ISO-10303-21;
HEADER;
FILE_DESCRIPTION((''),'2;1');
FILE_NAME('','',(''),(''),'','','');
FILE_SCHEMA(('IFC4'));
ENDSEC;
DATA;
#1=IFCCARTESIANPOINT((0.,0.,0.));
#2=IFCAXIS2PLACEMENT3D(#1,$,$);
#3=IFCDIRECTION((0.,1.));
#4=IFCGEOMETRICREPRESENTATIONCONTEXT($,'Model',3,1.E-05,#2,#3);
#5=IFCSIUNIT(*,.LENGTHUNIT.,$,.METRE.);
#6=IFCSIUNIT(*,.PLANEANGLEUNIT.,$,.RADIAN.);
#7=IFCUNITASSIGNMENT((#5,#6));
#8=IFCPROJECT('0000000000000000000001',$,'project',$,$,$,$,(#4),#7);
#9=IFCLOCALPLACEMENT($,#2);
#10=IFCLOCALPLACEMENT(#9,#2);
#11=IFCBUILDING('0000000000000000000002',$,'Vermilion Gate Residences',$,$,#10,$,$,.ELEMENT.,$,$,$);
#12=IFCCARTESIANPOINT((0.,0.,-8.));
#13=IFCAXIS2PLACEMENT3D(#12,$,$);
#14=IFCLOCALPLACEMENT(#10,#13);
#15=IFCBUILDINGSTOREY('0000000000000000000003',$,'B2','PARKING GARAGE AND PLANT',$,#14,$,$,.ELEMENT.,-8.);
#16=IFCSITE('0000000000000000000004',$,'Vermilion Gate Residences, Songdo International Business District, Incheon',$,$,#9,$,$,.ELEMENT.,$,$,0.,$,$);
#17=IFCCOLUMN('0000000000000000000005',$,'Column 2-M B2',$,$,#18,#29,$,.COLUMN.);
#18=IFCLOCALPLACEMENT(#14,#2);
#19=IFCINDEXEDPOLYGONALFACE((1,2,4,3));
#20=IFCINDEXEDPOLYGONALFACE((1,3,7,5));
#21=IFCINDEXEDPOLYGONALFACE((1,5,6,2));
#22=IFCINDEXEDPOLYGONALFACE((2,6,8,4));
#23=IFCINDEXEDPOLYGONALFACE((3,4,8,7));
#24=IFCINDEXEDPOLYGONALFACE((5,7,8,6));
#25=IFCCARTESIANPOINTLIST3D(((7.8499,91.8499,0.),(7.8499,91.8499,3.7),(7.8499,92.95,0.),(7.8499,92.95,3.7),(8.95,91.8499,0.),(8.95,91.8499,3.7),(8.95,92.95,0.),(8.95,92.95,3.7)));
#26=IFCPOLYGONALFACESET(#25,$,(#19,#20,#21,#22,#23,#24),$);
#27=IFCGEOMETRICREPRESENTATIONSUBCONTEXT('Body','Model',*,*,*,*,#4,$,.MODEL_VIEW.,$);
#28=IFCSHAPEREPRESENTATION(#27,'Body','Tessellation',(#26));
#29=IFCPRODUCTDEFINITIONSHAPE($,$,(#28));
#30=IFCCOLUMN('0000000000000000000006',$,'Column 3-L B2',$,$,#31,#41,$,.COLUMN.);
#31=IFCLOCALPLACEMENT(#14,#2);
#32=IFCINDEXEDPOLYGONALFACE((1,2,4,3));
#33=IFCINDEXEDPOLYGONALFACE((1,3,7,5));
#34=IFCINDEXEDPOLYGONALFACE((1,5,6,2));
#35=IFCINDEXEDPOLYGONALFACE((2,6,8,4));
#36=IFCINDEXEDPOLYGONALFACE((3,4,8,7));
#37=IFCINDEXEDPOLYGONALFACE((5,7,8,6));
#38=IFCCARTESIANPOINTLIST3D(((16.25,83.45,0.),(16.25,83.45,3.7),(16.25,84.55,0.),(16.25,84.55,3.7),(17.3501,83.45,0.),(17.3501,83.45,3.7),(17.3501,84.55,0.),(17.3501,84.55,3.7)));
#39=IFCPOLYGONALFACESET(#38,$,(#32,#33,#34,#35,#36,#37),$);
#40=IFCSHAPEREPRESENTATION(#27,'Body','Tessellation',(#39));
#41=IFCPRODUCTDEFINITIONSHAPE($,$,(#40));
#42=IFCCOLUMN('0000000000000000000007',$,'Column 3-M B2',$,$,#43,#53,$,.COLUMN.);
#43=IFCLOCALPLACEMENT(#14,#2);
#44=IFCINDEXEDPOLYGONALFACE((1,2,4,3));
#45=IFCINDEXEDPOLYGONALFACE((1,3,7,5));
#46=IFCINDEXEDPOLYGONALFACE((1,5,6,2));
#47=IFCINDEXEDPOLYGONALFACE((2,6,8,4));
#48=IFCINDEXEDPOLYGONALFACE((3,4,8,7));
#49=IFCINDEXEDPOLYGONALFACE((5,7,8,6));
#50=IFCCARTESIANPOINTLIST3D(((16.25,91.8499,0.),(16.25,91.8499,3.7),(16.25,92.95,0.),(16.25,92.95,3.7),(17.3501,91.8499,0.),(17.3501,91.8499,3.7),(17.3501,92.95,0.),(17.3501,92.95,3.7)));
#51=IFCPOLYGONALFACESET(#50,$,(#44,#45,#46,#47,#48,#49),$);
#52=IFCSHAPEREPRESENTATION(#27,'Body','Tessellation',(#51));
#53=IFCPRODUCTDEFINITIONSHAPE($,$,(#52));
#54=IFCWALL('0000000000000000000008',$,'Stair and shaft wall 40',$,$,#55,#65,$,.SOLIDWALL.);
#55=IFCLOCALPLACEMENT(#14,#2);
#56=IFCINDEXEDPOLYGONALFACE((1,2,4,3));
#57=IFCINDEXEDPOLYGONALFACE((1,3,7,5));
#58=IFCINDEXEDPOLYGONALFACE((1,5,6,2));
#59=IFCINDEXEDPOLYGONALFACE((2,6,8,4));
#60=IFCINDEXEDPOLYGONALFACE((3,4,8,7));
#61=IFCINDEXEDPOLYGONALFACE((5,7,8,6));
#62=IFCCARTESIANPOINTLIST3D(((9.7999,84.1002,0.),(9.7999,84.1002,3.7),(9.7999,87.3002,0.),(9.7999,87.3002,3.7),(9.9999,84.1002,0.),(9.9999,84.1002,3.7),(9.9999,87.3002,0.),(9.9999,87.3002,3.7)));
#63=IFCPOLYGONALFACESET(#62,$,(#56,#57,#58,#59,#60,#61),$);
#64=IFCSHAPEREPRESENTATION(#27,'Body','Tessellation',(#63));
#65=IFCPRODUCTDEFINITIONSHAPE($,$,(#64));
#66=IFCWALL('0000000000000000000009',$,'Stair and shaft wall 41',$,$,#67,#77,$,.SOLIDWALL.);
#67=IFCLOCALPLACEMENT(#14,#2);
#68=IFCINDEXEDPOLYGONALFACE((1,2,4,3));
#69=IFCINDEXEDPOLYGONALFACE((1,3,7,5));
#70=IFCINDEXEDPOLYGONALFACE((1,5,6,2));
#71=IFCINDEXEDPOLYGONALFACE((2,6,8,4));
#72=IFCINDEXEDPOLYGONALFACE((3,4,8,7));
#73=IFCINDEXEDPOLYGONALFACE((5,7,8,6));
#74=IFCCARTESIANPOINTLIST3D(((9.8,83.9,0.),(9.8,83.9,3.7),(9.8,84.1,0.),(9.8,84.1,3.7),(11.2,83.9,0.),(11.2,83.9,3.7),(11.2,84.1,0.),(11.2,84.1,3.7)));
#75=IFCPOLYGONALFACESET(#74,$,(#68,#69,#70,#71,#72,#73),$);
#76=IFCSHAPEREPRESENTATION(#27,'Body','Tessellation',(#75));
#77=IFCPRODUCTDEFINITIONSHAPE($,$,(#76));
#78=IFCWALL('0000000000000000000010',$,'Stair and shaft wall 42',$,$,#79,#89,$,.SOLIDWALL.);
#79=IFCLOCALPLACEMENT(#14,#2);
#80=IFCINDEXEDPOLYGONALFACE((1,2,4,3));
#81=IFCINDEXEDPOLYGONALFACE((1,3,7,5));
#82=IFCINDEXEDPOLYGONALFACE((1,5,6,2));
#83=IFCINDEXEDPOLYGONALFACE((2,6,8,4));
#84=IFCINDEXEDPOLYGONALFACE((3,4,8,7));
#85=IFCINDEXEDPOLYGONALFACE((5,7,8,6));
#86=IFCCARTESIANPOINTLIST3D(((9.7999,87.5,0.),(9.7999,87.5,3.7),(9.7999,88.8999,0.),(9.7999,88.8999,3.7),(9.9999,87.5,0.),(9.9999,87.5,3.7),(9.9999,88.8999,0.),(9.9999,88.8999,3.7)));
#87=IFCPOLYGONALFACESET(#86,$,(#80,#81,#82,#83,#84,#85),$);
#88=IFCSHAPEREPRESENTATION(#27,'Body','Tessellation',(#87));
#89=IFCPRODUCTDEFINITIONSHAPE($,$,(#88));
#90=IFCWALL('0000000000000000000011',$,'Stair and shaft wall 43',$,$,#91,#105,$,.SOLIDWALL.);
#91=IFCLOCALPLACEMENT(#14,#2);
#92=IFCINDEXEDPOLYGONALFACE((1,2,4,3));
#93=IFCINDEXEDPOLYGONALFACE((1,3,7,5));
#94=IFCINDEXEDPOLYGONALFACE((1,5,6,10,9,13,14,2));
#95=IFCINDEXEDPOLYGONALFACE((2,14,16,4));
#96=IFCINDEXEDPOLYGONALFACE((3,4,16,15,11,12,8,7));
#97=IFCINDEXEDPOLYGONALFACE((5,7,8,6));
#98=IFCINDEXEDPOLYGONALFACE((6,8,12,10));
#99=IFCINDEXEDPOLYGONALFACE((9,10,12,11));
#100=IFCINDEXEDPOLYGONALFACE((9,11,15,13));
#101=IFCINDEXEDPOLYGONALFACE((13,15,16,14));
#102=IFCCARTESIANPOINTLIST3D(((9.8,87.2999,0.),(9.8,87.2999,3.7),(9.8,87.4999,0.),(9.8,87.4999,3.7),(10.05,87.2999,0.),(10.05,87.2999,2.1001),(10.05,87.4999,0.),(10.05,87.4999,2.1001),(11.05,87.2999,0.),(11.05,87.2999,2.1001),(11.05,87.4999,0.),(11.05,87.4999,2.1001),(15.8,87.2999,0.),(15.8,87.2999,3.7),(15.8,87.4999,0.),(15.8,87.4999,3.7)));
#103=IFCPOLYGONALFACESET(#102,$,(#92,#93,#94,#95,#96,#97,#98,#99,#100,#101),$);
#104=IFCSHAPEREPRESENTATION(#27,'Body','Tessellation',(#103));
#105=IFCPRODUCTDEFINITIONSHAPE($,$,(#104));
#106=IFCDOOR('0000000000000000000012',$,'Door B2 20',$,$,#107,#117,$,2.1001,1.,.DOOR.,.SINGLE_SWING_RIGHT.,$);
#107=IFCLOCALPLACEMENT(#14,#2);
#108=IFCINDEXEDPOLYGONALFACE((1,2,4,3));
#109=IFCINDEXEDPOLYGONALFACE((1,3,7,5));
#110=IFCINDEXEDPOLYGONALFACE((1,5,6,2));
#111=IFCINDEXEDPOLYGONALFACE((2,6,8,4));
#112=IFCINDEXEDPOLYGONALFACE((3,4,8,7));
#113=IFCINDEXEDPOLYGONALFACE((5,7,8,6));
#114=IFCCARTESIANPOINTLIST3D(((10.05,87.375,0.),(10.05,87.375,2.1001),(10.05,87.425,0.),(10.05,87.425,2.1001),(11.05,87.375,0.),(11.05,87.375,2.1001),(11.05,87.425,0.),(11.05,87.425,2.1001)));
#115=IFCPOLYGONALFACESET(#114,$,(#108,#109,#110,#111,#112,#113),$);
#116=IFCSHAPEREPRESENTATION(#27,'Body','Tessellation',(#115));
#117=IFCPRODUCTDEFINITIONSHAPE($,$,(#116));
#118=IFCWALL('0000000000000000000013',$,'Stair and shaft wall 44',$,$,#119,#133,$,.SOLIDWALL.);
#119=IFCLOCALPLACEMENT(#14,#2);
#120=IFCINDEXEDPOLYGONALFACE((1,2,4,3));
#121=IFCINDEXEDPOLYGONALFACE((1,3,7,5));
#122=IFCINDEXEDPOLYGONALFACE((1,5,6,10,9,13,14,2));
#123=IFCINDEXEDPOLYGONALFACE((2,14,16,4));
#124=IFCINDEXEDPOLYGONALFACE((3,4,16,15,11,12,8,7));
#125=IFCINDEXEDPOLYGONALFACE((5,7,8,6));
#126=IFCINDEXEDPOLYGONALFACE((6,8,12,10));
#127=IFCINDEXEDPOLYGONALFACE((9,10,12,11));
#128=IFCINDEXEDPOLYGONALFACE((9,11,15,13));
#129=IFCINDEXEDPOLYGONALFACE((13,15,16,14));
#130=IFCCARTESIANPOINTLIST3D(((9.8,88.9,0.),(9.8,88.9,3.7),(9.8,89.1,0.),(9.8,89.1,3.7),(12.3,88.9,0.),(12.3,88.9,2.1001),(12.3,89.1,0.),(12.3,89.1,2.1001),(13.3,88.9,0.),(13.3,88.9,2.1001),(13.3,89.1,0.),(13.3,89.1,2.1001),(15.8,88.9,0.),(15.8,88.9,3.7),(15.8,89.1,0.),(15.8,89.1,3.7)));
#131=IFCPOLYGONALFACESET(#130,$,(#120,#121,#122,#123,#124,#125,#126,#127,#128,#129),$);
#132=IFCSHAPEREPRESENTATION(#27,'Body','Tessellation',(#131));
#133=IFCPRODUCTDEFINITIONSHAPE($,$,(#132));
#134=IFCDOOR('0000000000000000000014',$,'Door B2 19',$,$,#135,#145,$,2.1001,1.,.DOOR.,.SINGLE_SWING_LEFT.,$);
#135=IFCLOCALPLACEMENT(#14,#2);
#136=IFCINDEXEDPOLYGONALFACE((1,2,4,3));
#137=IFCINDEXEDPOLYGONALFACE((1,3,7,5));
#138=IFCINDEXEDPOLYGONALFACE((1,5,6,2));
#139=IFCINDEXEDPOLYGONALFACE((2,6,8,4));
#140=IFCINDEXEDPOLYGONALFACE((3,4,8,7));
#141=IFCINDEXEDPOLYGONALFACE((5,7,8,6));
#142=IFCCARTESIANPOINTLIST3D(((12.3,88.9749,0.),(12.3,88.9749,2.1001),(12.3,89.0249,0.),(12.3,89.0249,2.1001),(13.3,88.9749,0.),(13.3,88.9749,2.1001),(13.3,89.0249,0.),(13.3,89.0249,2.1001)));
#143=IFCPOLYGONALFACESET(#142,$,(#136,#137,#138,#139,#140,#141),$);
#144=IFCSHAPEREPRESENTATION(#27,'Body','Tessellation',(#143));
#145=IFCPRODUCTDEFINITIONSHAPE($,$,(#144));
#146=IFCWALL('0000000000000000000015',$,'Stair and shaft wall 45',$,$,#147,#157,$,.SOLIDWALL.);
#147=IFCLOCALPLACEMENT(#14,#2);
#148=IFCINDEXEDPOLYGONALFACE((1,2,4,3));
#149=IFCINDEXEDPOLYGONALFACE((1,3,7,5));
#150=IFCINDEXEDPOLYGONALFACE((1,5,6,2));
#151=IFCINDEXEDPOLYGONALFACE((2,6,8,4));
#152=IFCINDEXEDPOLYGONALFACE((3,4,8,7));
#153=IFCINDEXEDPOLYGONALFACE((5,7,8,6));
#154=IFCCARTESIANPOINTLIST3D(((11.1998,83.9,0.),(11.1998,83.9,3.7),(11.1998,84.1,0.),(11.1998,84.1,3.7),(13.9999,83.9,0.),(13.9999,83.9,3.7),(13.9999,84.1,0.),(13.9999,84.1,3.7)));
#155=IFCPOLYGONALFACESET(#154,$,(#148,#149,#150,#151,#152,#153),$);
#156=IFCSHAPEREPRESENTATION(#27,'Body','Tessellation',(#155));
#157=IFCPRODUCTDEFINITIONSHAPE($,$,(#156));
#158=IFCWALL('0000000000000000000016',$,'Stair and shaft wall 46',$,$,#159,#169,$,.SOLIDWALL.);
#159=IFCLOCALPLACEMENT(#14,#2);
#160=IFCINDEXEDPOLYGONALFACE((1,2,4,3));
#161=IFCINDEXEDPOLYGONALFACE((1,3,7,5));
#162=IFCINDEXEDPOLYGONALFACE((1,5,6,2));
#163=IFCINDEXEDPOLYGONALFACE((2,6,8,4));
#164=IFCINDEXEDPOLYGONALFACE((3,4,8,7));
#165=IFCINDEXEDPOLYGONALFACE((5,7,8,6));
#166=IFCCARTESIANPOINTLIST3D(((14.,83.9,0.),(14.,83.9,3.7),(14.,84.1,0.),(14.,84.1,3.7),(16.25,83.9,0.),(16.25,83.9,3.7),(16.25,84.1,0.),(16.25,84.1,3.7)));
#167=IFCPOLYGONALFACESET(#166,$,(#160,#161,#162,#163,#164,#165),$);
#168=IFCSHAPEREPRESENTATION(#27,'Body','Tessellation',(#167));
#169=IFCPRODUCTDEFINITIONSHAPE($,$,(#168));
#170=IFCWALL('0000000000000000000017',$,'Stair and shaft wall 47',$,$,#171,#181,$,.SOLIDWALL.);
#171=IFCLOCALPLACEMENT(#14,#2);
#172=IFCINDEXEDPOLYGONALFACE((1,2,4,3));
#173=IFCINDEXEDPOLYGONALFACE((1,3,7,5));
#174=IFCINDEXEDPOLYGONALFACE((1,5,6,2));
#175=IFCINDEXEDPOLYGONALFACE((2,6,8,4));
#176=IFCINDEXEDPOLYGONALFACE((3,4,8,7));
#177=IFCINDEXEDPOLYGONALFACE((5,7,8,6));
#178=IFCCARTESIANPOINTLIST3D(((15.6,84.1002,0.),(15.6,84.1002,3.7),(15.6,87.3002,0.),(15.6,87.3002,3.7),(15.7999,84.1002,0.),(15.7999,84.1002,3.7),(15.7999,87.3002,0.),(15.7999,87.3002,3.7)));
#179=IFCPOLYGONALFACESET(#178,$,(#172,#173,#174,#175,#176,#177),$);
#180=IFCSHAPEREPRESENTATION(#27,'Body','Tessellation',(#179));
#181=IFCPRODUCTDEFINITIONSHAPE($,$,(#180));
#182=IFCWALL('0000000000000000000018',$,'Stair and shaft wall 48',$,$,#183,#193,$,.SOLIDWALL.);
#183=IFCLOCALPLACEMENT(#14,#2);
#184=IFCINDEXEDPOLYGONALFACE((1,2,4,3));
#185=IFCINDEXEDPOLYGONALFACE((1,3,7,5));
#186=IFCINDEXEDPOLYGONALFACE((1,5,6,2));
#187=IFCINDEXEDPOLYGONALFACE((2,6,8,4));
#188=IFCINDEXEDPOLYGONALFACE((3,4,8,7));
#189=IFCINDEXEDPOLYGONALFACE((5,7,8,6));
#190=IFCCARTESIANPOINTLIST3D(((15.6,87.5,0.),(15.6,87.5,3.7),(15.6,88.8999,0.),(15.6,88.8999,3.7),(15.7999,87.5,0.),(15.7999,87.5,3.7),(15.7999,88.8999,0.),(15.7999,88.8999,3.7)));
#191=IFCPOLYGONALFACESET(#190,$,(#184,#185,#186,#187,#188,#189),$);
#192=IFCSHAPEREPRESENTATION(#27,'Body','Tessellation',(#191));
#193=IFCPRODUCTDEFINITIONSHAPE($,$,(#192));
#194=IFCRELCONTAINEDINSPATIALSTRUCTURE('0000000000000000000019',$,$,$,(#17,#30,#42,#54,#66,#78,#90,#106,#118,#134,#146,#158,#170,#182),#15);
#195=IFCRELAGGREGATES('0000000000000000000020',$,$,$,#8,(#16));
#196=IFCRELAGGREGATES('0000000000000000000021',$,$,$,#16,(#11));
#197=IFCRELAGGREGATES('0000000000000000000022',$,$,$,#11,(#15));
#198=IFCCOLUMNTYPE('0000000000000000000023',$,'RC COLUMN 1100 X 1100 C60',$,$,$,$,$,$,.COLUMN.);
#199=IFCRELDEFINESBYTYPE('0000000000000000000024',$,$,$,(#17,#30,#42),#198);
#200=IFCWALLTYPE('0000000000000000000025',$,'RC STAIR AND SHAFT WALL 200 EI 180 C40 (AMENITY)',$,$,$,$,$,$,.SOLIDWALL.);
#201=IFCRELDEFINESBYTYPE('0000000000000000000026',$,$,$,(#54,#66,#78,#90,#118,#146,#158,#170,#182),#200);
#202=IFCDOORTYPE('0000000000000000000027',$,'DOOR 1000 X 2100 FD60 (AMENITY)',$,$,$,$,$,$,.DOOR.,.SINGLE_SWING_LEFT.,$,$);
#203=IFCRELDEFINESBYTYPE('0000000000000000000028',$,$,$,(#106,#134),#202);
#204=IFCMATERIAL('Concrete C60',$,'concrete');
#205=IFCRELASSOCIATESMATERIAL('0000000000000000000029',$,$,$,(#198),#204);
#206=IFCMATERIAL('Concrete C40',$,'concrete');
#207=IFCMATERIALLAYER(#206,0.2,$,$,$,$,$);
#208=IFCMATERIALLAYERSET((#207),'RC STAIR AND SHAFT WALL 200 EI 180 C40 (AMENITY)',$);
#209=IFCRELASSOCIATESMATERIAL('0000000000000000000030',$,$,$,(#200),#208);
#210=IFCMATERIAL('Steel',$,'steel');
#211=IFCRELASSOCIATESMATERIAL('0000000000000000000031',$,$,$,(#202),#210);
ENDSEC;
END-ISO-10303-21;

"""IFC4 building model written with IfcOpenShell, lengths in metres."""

from ifc_helpers import new_model, si_unit, direction, frame, frame_2d, origin, origin_2d, place, context, subcontext, project, spatial, rectangle, extrude, material, layer, layer_set, material_profile, profile_set, type_object, element, fill, save


model = new_model("IFC4")

# Units and contexts
model_context = context("Model", 3, precision=1e-05, world=origin(), true_north=direction((0.0, 1.0)))
body_context = subcontext(model_context, "Body", "Model", "MODEL_VIEW")
ifc_project = project(units=[si_unit("LENGTHUNIT", "METRE"), si_unit("PLANEANGLEUNIT", "RADIAN")], contexts=[model_context])

# Site, building, storey
site_placement = place(None, origin())
site = spatial("IfcSite", under=ifc_project, at=site_placement, Name="Vermilion Gate Residences, Songdo International Business District, Incheon", CompositionType="ELEMENT", RefElevation=0.0)
building_placement = place(site_placement, origin())
building = spatial("IfcBuilding", under=site, at=building_placement, Name="Vermilion Gate Residences", CompositionType="ELEMENT")
storey_placement = place(building_placement, frame((0.0, 0.0, -8.0)))
storey = spatial("IfcBuildingStorey", under=building, at=storey_placement, Name="B2", Description="PARKING GARAGE AND PLANT", CompositionType="ELEMENT", Elevation=-8.0)

# Columns
ifc_material_1 = material(Name="Concrete C60", Category="concrete")
ifc_material_profile_1 = material_profile(ifc_material_1, rectangle(XDim=1.1001, YDim=1.1001, at=origin_2d()), Name="RC-1100x1100")
ifc_profile_set_1 = profile_set([ifc_material_profile_1], Name="Concrete C60")
column_type = type_object("IfcColumnType", Name="RC COLUMN 1100 X 1100 C60", PredefinedType="COLUMN", material=ifc_profile_set_1)
for number, where, z_axis, x_axis, name in (
    (1, (8.3999, 92.3999, 0.0), (0.0, 0.0, 1.0), (1.0, 0.0, 0.0), "Column 2-M B2"),
    (2, (16.8, 84.0, 0.0), (0.0, 0.0, 1.0), (1.0, 0.0, 0.0), "Column 3-L B2"),
    (3, (16.8, 92.3999, 0.0), (0.0, 0.0, 1.0), (1.0, 0.0, 0.0), "Column 3-M B2"),
):
    element("IfcColumn", number, at=place(storey_placement, frame(where, z_axis=z_axis, x_axis=x_axis)), inside=storey, type_object=column_type, Name=name, PredefinedType="COLUMN", context=body_context, shape_type="SweptSolid", body=[
        extrude(rectangle(XDim=1.1001, YDim=1.1001, at=origin_2d()), origin(), (0.0, 0.0, 1.0), 3.7),
    ])

# Walls
ifc_material_2 = material(Name="Concrete C40", Category="concrete")
ifc_layer = layer(ifc_material_2, 0.2)
ifc_layer_set = layer_set([ifc_layer], Name="RC STAIR AND SHAFT WALL 200 EI 180 C40 (AMENITY)")
wall_type = type_object("IfcWallType", Name="RC STAIR AND SHAFT WALL 200 EI 180 C40 (AMENITY)", PredefinedType="SOLIDWALL", material=ifc_layer_set)
wall_1_placement = place(storey_placement, frame((9.8999, 84.1001, 0.0), z_axis=(0.0, 0.0, 1.0), x_axis=(0.0, 1.0, 0.0)))
element("IfcWall", 4, at=wall_1_placement, inside=storey, type_object=wall_type, Name="Stair and shaft wall 40", PredefinedType="SOLIDWALL", context=body_context, shape_type="SweptSolid", body=[
    extrude(rectangle(XDim=3.2, YDim=0.2, at=frame_2d((1.6001, 0.0))), origin(), (0.0, 0.0, 1.0), 3.7),
])
for number, where, z_axis, x_axis, name in (
    (5, (9.8, 84.0, 0.0), (0.0, 0.0, 1.0), (1.0, 0.0, 0.0), "Stair and shaft wall 41"),
    (6, (9.8999, 87.5, 0.0), (0.0, 0.0, 1.0), (0.0, 1.0, 0.0), "Stair and shaft wall 42"),
):
    element("IfcWall", number, at=place(storey_placement, frame(where, z_axis=z_axis, x_axis=x_axis)), inside=storey, type_object=wall_type, Name=name, PredefinedType="SOLIDWALL", context=body_context, shape_type="SweptSolid", body=[
        extrude(rectangle(XDim=1.3999, YDim=0.2, at=frame_2d((0.7, 0.0))), origin(), (0.0, 0.0, 1.0), 3.7),
    ])

# Walls, openings, doors
wall_2_placement = place(storey_placement, frame((9.8, 87.3999, 0.0), z_axis=(0.0, 0.0, 1.0), x_axis=(1.0, 0.0, 0.0)))
wall_2 = element("IfcWall", 7, at=wall_2_placement, inside=storey, type_object=wall_type, Name="Stair and shaft wall 43", PredefinedType="SOLIDWALL", context=body_context, shape_type="SweptSolid", body=[
    extrude(rectangle(XDim=6.0, YDim=0.2, at=frame_2d((3.0, 0.0))), origin(), (0.0, 0.0, 1.0), 3.7),
])
opening_1_placement = place(wall_2_placement, frame((0.25, 0.0, 0.0)))
opening_1 = element("IfcOpeningElement", 8, at=opening_1_placement, cuts=wall_2, PredefinedType="OPENING", context=body_context, shape_type="SweptSolid", body=[
    extrude(rectangle(XDim=1.0, YDim=2.1001, at=frame_2d((0.5, 1.05))), frame((0.0, 0.1099, 0.0), z_axis=(0.0, -1.0, 0.0), x_axis=(1.0, 0.0, 0.0)), (0.0, 0.0, 1.0), 0.22),
])
ifc_material_3 = material(Name="Steel", Category="steel")
door_type = type_object("IfcDoorType", Name="DOOR 1000 X 2100 FD60 (AMENITY)", OperationType="SINGLE_SWING_LEFT", PredefinedType="DOOR", material=ifc_material_3)
door_1_placement = place(opening_1_placement, frame((1.0, 0.0, 0.0), z_axis=(0.0, 0.0, 1.0), x_axis=(-1.0, 0.0, 0.0)))
door_1 = element("IfcDoor", 9, at=door_1_placement, inside=storey, type_object=door_type, Name="Door B2 20", OperationType="SINGLE_SWING_RIGHT", OverallHeight=2.1001, OverallWidth=1.0, PredefinedType="DOOR", context=body_context, shape_type="SweptSolid", body=[
    extrude(rectangle(XDim=1.0, YDim=2.1001, at=frame_2d((0.5, 1.05))), frame((0.0, 0.0249, 0.0), z_axis=(0.0, -1.0, 0.0), x_axis=(1.0, 0.0, 0.0)), (0.0, 0.0, 1.0), 0.05),
])
fill(opening_1, door_1)
wall_3_placement = place(storey_placement, frame((9.8, 89.0, 0.0), z_axis=(0.0, 0.0, 1.0), x_axis=(1.0, 0.0, 0.0)))
wall_3 = element("IfcWall", 10, at=wall_3_placement, inside=storey, type_object=wall_type, Name="Stair and shaft wall 44", PredefinedType="SOLIDWALL", context=body_context, shape_type="SweptSolid", body=[
    extrude(rectangle(XDim=6.0, YDim=0.2, at=frame_2d((3.0, 0.0))), origin(), (0.0, 0.0, 1.0), 3.7),
])
opening_2_placement = place(wall_3_placement, frame((2.5, 0.0, 0.0)))
opening_2 = element("IfcOpeningElement", 11, at=opening_2_placement, cuts=wall_3, PredefinedType="OPENING", context=body_context, shape_type="SweptSolid", body=[
    extrude(rectangle(XDim=1.0, YDim=2.1001, at=frame_2d((0.5, 1.05))), frame((0.0, 0.1099, 0.0), z_axis=(0.0, -1.0, 0.0), x_axis=(1.0, 0.0, 0.0)), (0.0, 0.0, 1.0), 0.22),
])
door_2_placement = place(opening_2_placement, origin())
door_2 = element("IfcDoor", 12, at=door_2_placement, inside=storey, type_object=door_type, Name="Door B2 19", OperationType="SINGLE_SWING_LEFT", OverallHeight=2.1001, OverallWidth=1.0, PredefinedType="DOOR", context=body_context, shape_type="SweptSolid", body=[
    extrude(rectangle(XDim=1.0, YDim=2.1001, at=frame_2d((0.5, 1.05))), frame((0.0, 0.0249, 0.0), z_axis=(0.0, -1.0, 0.0), x_axis=(1.0, 0.0, 0.0)), (0.0, 0.0, 1.0), 0.05),
])
fill(opening_2, door_2)

# Walls
wall_4_placement = place(storey_placement, frame((11.2, 84.0, 0.0), z_axis=(0.0, 0.0, 1.0), x_axis=(1.0, 0.0, 0.0)))
element("IfcWall", 13, at=wall_4_placement, inside=storey, type_object=wall_type, Name="Stair and shaft wall 45", PredefinedType="SOLIDWALL", context=body_context, shape_type="SweptSolid", body=[
    extrude(rectangle(XDim=2.8, YDim=0.2, at=frame_2d((1.3999, 0.0))), origin(), (0.0, 0.0, 1.0), 3.7),
])
wall_5_placement = place(storey_placement, frame((14.0, 84.0, 0.0), z_axis=(0.0, 0.0, 1.0), x_axis=(1.0, 0.0, 0.0)))
element("IfcWall", 14, at=wall_5_placement, inside=storey, type_object=wall_type, Name="Stair and shaft wall 46", PredefinedType="SOLIDWALL", context=body_context, shape_type="SweptSolid", body=[
    extrude(rectangle(XDim=2.25, YDim=0.2, at=frame_2d((1.125, 0.0))), origin(), (0.0, 0.0, 1.0), 3.7),
])
wall_6_placement = place(storey_placement, frame((15.7, 84.1001, 0.0), z_axis=(0.0, 0.0, 1.0), x_axis=(0.0, 1.0, 0.0)))
element("IfcWall", 15, at=wall_6_placement, inside=storey, type_object=wall_type, Name="Stair and shaft wall 47", PredefinedType="SOLIDWALL", context=body_context, shape_type="SweptSolid", body=[
    extrude(rectangle(XDim=3.2, YDim=0.2, at=frame_2d((1.6001, 0.0))), origin(), (0.0, 0.0, 1.0), 3.7),
])
wall_7_placement = place(storey_placement, frame((15.7, 87.5, 0.0), z_axis=(0.0, 0.0, 1.0), x_axis=(0.0, 1.0, 0.0)))
element("IfcWall", 16, at=wall_7_placement, inside=storey, type_object=wall_type, Name="Stair and shaft wall 48", PredefinedType="SOLIDWALL", context=body_context, shape_type="SweptSolid", body=[
    extrude(rectangle(XDim=1.3999, YDim=0.2, at=frame_2d((0.7, 0.0))), origin(), (0.0, 0.0, 1.0), 3.7),
])

save(model, "model.ifc")
